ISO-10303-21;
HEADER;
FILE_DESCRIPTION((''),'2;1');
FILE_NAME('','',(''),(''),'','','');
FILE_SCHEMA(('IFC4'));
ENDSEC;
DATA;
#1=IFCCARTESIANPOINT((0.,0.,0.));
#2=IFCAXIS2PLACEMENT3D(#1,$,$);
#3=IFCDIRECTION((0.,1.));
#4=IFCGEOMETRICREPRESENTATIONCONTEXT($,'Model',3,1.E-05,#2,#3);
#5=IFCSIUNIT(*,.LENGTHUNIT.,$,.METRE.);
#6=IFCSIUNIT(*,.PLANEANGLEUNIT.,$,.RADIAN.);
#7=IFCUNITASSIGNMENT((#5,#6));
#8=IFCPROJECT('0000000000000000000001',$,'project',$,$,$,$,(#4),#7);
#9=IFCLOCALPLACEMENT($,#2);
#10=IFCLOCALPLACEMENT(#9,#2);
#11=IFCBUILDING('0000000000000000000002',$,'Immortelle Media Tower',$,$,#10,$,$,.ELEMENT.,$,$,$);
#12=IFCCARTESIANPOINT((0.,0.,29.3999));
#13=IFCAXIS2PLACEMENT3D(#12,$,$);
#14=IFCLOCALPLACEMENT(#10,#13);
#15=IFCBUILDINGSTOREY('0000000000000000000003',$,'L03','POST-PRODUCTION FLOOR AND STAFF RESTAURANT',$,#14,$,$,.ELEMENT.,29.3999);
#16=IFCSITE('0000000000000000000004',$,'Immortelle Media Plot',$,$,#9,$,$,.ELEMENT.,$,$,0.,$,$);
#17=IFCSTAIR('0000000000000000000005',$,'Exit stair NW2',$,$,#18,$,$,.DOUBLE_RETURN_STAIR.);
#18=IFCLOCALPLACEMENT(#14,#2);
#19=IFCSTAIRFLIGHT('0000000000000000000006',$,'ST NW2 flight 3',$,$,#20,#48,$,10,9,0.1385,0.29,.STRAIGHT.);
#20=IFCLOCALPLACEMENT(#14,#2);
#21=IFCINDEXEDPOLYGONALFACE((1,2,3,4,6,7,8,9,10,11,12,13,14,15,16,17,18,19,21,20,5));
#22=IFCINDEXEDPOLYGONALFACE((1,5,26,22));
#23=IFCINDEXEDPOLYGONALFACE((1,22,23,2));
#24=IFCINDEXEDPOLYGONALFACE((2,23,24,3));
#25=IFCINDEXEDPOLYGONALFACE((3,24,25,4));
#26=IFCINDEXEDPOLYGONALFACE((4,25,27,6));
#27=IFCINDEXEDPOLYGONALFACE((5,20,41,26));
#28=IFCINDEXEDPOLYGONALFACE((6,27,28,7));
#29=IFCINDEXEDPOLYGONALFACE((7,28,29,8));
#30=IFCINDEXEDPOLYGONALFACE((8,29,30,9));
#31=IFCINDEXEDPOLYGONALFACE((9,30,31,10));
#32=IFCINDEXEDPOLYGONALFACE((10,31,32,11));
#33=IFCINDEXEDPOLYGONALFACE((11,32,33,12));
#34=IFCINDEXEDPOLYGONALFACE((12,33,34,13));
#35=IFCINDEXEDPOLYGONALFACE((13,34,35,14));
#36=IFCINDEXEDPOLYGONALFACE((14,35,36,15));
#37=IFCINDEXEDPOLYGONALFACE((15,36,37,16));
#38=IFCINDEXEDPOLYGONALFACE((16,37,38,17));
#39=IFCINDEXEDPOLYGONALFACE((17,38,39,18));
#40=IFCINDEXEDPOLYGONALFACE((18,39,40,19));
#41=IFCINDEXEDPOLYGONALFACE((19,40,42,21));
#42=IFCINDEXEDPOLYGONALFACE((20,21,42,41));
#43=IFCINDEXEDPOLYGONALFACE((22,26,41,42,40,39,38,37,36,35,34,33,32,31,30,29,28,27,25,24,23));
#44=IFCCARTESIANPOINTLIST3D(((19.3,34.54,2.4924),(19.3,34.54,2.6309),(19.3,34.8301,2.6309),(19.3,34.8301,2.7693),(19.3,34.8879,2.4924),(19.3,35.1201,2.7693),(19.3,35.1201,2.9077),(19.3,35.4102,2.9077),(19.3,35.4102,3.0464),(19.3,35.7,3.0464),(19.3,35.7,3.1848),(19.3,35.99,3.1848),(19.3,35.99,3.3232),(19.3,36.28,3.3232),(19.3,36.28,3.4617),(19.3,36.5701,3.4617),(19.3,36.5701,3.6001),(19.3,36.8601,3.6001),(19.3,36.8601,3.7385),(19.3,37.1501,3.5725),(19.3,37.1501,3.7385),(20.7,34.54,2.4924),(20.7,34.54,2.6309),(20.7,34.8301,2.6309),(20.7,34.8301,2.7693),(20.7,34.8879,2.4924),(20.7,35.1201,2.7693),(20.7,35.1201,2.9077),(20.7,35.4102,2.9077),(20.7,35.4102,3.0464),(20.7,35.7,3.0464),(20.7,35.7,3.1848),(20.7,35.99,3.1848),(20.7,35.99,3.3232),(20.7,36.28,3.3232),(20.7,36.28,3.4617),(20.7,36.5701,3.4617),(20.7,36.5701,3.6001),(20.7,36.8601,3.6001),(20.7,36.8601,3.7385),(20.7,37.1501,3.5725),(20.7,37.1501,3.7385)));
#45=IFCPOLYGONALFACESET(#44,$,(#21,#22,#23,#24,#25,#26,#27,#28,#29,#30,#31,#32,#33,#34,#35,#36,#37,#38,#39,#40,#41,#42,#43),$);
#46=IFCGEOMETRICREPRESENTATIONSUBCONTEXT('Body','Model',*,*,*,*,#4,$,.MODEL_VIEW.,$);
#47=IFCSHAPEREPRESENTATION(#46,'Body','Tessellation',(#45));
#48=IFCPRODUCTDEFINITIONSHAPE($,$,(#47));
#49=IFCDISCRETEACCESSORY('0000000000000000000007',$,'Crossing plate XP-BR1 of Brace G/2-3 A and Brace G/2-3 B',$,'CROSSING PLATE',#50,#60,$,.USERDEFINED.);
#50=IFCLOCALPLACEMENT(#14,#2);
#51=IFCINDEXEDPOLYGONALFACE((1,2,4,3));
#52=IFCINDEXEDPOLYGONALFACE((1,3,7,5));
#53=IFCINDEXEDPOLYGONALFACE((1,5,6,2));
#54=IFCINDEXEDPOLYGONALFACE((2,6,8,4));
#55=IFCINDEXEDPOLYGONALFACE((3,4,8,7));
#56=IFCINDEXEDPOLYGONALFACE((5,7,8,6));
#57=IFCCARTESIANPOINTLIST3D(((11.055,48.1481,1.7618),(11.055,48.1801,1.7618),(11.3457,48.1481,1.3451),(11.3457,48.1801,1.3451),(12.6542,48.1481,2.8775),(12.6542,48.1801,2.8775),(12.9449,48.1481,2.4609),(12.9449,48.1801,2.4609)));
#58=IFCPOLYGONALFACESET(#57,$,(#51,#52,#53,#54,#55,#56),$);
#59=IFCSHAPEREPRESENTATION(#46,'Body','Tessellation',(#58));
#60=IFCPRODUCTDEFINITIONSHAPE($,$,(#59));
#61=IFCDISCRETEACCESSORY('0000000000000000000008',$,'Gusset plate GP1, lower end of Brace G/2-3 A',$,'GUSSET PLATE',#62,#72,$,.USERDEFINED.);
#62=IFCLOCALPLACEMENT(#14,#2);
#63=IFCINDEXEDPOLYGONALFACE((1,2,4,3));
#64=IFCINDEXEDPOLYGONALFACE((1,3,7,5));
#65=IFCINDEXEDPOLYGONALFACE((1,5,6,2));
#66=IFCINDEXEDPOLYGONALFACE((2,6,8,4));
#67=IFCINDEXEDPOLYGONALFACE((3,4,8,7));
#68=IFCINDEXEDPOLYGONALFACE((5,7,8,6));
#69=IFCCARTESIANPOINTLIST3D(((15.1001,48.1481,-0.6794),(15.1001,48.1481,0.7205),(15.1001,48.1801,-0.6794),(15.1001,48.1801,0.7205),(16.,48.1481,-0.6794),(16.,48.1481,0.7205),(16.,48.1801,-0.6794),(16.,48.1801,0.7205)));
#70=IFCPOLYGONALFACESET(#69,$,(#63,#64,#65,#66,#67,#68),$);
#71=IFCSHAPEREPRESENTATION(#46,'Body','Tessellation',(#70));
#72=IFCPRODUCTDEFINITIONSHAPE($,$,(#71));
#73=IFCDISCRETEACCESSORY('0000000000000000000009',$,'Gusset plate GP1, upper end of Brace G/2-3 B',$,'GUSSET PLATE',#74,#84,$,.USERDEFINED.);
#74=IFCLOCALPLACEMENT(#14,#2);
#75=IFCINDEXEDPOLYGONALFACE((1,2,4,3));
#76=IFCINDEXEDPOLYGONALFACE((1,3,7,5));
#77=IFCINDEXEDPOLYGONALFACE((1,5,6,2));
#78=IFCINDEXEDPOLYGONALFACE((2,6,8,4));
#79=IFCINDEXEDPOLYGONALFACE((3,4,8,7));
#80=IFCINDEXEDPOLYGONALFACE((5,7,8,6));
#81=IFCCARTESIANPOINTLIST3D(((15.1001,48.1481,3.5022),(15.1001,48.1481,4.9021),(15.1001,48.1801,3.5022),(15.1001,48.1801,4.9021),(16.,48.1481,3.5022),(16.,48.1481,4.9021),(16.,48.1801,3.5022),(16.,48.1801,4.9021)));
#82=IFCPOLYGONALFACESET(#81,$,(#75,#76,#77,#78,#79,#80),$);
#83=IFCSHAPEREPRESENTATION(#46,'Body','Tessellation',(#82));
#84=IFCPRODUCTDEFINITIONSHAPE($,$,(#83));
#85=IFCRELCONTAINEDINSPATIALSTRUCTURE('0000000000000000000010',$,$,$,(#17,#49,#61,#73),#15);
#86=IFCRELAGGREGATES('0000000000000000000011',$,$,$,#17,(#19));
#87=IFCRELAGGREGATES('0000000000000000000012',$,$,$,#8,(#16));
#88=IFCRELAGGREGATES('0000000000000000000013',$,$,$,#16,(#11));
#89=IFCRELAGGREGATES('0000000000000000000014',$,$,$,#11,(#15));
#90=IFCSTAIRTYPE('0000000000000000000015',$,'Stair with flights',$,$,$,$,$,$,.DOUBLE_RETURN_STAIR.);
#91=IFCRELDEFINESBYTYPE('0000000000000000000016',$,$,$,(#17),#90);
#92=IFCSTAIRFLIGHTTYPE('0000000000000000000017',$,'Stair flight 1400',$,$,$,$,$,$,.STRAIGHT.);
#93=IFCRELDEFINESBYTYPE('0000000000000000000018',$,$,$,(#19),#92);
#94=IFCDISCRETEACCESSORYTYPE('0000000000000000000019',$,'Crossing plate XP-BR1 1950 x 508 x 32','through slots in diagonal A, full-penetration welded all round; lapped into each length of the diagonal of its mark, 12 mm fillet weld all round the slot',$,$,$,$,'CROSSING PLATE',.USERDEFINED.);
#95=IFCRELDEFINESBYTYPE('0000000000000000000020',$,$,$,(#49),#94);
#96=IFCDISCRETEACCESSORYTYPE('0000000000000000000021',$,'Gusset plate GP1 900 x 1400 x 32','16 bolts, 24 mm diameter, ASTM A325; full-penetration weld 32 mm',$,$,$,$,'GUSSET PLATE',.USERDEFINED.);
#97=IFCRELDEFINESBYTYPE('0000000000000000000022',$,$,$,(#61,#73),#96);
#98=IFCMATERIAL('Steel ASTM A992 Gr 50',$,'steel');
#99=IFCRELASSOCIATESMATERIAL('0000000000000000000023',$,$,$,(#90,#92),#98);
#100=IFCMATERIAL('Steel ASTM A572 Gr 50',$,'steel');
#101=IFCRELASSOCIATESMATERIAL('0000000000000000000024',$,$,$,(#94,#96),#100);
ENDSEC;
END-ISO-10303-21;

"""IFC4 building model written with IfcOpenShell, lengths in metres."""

from ifc_helpers import new_model, si_unit, direction, frame, origin, origin_2d, place, context, subcontext, project, spatial, polyline, rectangle, outline, extrude, material, material_profile, profile_set, type_object, element, aggregate, save


model = new_model("IFC4")

# Units and contexts
model_context = context("Model", 3, precision=1e-05, world=origin(), true_north=direction((0.0, 1.0)))
body_context = subcontext(model_context, "Body", "Model", "MODEL_VIEW")
ifc_project = project(units=[si_unit("LENGTHUNIT", "METRE"), si_unit("PLANEANGLEUNIT", "RADIAN")], contexts=[model_context])

# Site, building, storey
site_placement = place(None, origin())
site = spatial("IfcSite", under=ifc_project, at=site_placement, Name="Immortelle Media Plot", CompositionType="ELEMENT", RefElevation=0.0)
building_placement = place(site_placement, origin())
building = spatial("IfcBuilding", under=site, at=building_placement, Name="Immortelle Media Tower", CompositionType="ELEMENT")
storey_placement = place(building_placement, frame((0.0, 0.0, 29.3999)))
storey = spatial("IfcBuildingStorey", under=building, at=storey_placement, Name="L03", Description="POST-PRODUCTION FLOOR AND STAFF RESTAURANT", CompositionType="ELEMENT", Elevation=29.3999)

# Shared definitions
ifc_material_1 = material(Name="Steel ASTM A992 Gr 50", Category="steel")

# Stair, stair flight
stair_type = type_object("IfcStairType", Name="Stair with flights", PredefinedType="DOUBLE_RETURN_STAIR", material=ifc_material_1)
stair_flight_type = type_object("IfcStairFlightType", Name="Stair flight 1400", PredefinedType="STRAIGHT", material=ifc_material_1)
stair_1_placement = place(storey_placement, origin())
stair_1 = element("IfcStair", 1, at=stair_1_placement, inside=storey, type_object=stair_type, Name="Exit stair NW2", PredefinedType="DOUBLE_RETURN_STAIR")
stair_flight_1_placement = place(storey_placement, frame((20.0, 34.54, 2.4924), z_axis=(0.0, 0.0, 1.0), x_axis=(0.0, 1.0, 0.0)))
stair_flight_1 = element("IfcStairFlight", 2, at=stair_flight_1_placement, type_object=stair_flight_type, Name="ST NW2 flight 3", NumberOfRisers=10, NumberOfTreads=9, PredefinedType="STRAIGHT", RiserHeight=0.1385, TreadLength=0.29, context=body_context, shape_type="SweptSolid", body=[
    extrude(outline(polyline([(0.0, 0.0), (0.0, 0.1384), (0.29, 0.1384), (0.29, 0.2769), (0.5801, 0.2769), (0.5801, 0.4153), (0.8701, 0.4153), (0.8701, 0.554), (1.1599, 0.554), (1.1599, 0.6924), (1.45, 0.6924), (1.45, 0.8308), (1.74, 0.8308), (1.74, 0.9692), (2.03, 0.9692), (2.03, 1.1077), (2.3201, 1.1077), (2.3201, 1.2461), (2.6101, 1.2461), (2.6101, 1.3845), (2.6101, 1.0801), (0.3479, 0.0), (0.0, 0.0)])), frame((0.0, 0.7, 0.0), z_axis=(0.0, -1.0, 0.0), x_axis=(1.0, 0.0, 0.0)), (0.0, 0.0, 1.0), 1.3999),
])
aggregate(stair_1, [stair_flight_1])

# Discrete accessories
ifc_material_2 = material(Name="Steel ASTM A572 Gr 50", Category="steel")
ifc_material_profile_1 = material_profile(ifc_material_2, rectangle(XDim=0.032, YDim=0.5081, at=origin_2d()), Name="PL 32 x 508")
ifc_profile_set_1 = profile_set([ifc_material_profile_1], Name="Steel ASTM A572 Gr 50")
discrete_accessory_type_1 = type_object("IfcDiscreteAccessoryType", Name="Crossing plate XP-BR1 1950 x 508 x 32", Description="through slots in diagonal A, full-penetration welded all round; lapped into each length of the diagonal of its mark, 12 mm fillet weld all round the slot", ElementType="CROSSING PLATE", PredefinedType="USERDEFINED", material=ifc_profile_set_1)
discrete_accessory_placement = place(storey_placement, frame((12.7996, 48.1641, 2.6692), z_axis=(-0.820113, 0.0, -0.572201), x_axis=(0.0, -1.0, 0.0)))
element("IfcDiscreteAccessory", 3, at=discrete_accessory_placement, inside=storey, type_object=discrete_accessory_type_1, Name="Crossing plate XP-BR1 of Brace G/2-3 A and Brace G/2-3 B", ObjectType="CROSSING PLATE", PredefinedType="USERDEFINED", context=body_context, shape_type="SweptSolid", body=[
    extrude(rectangle(XDim=0.032, YDim=0.5081, at=origin_2d()), origin(), (0.0, 0.0, 1.0), 1.95),
])
ifc_material_profile_2 = material_profile(ifc_material_2, rectangle(XDim=0.032, YDim=1.3999, at=origin_2d()), Name="PL 32 x 1400")
ifc_profile_set_2 = profile_set([ifc_material_profile_2], Name="Steel ASTM A572 Gr 50")
discrete_accessory_type_2 = type_object("IfcDiscreteAccessoryType", Name="Gusset plate GP1 900 x 1400 x 32", Description="16 bolts, 24 mm diameter, ASTM A325; full-penetration weld 32 mm", ElementType="GUSSET PLATE", PredefinedType="USERDEFINED", material=ifc_profile_set_2)
for number, where, z_axis, x_axis, name in (
    (4, (16.0, 48.1641, 0.0205), (-1.0, 0.0, 0.0), (0.0, -1.0, 0.0), "Gusset plate GP1, lower end of Brace G/2-3 A"),
    (5, (16.0, 48.1641, 4.2021), (-1.0, 0.0, 0.0), (0.0, -1.0, 0.0), "Gusset plate GP1, upper end of Brace G/2-3 B"),
):
    element("IfcDiscreteAccessory", number, at=place(storey_placement, frame(where, z_axis=z_axis, x_axis=x_axis)), inside=storey, type_object=discrete_accessory_type_2, Name=name, ObjectType="GUSSET PLATE", PredefinedType="USERDEFINED", context=body_context, shape_type="SweptSolid", body=[
        extrude(rectangle(XDim=0.032, YDim=1.3999, at=origin_2d()), origin(), (0.0, 0.0, 1.0), 0.8999),
    ])

save(model, "model.ifc")
